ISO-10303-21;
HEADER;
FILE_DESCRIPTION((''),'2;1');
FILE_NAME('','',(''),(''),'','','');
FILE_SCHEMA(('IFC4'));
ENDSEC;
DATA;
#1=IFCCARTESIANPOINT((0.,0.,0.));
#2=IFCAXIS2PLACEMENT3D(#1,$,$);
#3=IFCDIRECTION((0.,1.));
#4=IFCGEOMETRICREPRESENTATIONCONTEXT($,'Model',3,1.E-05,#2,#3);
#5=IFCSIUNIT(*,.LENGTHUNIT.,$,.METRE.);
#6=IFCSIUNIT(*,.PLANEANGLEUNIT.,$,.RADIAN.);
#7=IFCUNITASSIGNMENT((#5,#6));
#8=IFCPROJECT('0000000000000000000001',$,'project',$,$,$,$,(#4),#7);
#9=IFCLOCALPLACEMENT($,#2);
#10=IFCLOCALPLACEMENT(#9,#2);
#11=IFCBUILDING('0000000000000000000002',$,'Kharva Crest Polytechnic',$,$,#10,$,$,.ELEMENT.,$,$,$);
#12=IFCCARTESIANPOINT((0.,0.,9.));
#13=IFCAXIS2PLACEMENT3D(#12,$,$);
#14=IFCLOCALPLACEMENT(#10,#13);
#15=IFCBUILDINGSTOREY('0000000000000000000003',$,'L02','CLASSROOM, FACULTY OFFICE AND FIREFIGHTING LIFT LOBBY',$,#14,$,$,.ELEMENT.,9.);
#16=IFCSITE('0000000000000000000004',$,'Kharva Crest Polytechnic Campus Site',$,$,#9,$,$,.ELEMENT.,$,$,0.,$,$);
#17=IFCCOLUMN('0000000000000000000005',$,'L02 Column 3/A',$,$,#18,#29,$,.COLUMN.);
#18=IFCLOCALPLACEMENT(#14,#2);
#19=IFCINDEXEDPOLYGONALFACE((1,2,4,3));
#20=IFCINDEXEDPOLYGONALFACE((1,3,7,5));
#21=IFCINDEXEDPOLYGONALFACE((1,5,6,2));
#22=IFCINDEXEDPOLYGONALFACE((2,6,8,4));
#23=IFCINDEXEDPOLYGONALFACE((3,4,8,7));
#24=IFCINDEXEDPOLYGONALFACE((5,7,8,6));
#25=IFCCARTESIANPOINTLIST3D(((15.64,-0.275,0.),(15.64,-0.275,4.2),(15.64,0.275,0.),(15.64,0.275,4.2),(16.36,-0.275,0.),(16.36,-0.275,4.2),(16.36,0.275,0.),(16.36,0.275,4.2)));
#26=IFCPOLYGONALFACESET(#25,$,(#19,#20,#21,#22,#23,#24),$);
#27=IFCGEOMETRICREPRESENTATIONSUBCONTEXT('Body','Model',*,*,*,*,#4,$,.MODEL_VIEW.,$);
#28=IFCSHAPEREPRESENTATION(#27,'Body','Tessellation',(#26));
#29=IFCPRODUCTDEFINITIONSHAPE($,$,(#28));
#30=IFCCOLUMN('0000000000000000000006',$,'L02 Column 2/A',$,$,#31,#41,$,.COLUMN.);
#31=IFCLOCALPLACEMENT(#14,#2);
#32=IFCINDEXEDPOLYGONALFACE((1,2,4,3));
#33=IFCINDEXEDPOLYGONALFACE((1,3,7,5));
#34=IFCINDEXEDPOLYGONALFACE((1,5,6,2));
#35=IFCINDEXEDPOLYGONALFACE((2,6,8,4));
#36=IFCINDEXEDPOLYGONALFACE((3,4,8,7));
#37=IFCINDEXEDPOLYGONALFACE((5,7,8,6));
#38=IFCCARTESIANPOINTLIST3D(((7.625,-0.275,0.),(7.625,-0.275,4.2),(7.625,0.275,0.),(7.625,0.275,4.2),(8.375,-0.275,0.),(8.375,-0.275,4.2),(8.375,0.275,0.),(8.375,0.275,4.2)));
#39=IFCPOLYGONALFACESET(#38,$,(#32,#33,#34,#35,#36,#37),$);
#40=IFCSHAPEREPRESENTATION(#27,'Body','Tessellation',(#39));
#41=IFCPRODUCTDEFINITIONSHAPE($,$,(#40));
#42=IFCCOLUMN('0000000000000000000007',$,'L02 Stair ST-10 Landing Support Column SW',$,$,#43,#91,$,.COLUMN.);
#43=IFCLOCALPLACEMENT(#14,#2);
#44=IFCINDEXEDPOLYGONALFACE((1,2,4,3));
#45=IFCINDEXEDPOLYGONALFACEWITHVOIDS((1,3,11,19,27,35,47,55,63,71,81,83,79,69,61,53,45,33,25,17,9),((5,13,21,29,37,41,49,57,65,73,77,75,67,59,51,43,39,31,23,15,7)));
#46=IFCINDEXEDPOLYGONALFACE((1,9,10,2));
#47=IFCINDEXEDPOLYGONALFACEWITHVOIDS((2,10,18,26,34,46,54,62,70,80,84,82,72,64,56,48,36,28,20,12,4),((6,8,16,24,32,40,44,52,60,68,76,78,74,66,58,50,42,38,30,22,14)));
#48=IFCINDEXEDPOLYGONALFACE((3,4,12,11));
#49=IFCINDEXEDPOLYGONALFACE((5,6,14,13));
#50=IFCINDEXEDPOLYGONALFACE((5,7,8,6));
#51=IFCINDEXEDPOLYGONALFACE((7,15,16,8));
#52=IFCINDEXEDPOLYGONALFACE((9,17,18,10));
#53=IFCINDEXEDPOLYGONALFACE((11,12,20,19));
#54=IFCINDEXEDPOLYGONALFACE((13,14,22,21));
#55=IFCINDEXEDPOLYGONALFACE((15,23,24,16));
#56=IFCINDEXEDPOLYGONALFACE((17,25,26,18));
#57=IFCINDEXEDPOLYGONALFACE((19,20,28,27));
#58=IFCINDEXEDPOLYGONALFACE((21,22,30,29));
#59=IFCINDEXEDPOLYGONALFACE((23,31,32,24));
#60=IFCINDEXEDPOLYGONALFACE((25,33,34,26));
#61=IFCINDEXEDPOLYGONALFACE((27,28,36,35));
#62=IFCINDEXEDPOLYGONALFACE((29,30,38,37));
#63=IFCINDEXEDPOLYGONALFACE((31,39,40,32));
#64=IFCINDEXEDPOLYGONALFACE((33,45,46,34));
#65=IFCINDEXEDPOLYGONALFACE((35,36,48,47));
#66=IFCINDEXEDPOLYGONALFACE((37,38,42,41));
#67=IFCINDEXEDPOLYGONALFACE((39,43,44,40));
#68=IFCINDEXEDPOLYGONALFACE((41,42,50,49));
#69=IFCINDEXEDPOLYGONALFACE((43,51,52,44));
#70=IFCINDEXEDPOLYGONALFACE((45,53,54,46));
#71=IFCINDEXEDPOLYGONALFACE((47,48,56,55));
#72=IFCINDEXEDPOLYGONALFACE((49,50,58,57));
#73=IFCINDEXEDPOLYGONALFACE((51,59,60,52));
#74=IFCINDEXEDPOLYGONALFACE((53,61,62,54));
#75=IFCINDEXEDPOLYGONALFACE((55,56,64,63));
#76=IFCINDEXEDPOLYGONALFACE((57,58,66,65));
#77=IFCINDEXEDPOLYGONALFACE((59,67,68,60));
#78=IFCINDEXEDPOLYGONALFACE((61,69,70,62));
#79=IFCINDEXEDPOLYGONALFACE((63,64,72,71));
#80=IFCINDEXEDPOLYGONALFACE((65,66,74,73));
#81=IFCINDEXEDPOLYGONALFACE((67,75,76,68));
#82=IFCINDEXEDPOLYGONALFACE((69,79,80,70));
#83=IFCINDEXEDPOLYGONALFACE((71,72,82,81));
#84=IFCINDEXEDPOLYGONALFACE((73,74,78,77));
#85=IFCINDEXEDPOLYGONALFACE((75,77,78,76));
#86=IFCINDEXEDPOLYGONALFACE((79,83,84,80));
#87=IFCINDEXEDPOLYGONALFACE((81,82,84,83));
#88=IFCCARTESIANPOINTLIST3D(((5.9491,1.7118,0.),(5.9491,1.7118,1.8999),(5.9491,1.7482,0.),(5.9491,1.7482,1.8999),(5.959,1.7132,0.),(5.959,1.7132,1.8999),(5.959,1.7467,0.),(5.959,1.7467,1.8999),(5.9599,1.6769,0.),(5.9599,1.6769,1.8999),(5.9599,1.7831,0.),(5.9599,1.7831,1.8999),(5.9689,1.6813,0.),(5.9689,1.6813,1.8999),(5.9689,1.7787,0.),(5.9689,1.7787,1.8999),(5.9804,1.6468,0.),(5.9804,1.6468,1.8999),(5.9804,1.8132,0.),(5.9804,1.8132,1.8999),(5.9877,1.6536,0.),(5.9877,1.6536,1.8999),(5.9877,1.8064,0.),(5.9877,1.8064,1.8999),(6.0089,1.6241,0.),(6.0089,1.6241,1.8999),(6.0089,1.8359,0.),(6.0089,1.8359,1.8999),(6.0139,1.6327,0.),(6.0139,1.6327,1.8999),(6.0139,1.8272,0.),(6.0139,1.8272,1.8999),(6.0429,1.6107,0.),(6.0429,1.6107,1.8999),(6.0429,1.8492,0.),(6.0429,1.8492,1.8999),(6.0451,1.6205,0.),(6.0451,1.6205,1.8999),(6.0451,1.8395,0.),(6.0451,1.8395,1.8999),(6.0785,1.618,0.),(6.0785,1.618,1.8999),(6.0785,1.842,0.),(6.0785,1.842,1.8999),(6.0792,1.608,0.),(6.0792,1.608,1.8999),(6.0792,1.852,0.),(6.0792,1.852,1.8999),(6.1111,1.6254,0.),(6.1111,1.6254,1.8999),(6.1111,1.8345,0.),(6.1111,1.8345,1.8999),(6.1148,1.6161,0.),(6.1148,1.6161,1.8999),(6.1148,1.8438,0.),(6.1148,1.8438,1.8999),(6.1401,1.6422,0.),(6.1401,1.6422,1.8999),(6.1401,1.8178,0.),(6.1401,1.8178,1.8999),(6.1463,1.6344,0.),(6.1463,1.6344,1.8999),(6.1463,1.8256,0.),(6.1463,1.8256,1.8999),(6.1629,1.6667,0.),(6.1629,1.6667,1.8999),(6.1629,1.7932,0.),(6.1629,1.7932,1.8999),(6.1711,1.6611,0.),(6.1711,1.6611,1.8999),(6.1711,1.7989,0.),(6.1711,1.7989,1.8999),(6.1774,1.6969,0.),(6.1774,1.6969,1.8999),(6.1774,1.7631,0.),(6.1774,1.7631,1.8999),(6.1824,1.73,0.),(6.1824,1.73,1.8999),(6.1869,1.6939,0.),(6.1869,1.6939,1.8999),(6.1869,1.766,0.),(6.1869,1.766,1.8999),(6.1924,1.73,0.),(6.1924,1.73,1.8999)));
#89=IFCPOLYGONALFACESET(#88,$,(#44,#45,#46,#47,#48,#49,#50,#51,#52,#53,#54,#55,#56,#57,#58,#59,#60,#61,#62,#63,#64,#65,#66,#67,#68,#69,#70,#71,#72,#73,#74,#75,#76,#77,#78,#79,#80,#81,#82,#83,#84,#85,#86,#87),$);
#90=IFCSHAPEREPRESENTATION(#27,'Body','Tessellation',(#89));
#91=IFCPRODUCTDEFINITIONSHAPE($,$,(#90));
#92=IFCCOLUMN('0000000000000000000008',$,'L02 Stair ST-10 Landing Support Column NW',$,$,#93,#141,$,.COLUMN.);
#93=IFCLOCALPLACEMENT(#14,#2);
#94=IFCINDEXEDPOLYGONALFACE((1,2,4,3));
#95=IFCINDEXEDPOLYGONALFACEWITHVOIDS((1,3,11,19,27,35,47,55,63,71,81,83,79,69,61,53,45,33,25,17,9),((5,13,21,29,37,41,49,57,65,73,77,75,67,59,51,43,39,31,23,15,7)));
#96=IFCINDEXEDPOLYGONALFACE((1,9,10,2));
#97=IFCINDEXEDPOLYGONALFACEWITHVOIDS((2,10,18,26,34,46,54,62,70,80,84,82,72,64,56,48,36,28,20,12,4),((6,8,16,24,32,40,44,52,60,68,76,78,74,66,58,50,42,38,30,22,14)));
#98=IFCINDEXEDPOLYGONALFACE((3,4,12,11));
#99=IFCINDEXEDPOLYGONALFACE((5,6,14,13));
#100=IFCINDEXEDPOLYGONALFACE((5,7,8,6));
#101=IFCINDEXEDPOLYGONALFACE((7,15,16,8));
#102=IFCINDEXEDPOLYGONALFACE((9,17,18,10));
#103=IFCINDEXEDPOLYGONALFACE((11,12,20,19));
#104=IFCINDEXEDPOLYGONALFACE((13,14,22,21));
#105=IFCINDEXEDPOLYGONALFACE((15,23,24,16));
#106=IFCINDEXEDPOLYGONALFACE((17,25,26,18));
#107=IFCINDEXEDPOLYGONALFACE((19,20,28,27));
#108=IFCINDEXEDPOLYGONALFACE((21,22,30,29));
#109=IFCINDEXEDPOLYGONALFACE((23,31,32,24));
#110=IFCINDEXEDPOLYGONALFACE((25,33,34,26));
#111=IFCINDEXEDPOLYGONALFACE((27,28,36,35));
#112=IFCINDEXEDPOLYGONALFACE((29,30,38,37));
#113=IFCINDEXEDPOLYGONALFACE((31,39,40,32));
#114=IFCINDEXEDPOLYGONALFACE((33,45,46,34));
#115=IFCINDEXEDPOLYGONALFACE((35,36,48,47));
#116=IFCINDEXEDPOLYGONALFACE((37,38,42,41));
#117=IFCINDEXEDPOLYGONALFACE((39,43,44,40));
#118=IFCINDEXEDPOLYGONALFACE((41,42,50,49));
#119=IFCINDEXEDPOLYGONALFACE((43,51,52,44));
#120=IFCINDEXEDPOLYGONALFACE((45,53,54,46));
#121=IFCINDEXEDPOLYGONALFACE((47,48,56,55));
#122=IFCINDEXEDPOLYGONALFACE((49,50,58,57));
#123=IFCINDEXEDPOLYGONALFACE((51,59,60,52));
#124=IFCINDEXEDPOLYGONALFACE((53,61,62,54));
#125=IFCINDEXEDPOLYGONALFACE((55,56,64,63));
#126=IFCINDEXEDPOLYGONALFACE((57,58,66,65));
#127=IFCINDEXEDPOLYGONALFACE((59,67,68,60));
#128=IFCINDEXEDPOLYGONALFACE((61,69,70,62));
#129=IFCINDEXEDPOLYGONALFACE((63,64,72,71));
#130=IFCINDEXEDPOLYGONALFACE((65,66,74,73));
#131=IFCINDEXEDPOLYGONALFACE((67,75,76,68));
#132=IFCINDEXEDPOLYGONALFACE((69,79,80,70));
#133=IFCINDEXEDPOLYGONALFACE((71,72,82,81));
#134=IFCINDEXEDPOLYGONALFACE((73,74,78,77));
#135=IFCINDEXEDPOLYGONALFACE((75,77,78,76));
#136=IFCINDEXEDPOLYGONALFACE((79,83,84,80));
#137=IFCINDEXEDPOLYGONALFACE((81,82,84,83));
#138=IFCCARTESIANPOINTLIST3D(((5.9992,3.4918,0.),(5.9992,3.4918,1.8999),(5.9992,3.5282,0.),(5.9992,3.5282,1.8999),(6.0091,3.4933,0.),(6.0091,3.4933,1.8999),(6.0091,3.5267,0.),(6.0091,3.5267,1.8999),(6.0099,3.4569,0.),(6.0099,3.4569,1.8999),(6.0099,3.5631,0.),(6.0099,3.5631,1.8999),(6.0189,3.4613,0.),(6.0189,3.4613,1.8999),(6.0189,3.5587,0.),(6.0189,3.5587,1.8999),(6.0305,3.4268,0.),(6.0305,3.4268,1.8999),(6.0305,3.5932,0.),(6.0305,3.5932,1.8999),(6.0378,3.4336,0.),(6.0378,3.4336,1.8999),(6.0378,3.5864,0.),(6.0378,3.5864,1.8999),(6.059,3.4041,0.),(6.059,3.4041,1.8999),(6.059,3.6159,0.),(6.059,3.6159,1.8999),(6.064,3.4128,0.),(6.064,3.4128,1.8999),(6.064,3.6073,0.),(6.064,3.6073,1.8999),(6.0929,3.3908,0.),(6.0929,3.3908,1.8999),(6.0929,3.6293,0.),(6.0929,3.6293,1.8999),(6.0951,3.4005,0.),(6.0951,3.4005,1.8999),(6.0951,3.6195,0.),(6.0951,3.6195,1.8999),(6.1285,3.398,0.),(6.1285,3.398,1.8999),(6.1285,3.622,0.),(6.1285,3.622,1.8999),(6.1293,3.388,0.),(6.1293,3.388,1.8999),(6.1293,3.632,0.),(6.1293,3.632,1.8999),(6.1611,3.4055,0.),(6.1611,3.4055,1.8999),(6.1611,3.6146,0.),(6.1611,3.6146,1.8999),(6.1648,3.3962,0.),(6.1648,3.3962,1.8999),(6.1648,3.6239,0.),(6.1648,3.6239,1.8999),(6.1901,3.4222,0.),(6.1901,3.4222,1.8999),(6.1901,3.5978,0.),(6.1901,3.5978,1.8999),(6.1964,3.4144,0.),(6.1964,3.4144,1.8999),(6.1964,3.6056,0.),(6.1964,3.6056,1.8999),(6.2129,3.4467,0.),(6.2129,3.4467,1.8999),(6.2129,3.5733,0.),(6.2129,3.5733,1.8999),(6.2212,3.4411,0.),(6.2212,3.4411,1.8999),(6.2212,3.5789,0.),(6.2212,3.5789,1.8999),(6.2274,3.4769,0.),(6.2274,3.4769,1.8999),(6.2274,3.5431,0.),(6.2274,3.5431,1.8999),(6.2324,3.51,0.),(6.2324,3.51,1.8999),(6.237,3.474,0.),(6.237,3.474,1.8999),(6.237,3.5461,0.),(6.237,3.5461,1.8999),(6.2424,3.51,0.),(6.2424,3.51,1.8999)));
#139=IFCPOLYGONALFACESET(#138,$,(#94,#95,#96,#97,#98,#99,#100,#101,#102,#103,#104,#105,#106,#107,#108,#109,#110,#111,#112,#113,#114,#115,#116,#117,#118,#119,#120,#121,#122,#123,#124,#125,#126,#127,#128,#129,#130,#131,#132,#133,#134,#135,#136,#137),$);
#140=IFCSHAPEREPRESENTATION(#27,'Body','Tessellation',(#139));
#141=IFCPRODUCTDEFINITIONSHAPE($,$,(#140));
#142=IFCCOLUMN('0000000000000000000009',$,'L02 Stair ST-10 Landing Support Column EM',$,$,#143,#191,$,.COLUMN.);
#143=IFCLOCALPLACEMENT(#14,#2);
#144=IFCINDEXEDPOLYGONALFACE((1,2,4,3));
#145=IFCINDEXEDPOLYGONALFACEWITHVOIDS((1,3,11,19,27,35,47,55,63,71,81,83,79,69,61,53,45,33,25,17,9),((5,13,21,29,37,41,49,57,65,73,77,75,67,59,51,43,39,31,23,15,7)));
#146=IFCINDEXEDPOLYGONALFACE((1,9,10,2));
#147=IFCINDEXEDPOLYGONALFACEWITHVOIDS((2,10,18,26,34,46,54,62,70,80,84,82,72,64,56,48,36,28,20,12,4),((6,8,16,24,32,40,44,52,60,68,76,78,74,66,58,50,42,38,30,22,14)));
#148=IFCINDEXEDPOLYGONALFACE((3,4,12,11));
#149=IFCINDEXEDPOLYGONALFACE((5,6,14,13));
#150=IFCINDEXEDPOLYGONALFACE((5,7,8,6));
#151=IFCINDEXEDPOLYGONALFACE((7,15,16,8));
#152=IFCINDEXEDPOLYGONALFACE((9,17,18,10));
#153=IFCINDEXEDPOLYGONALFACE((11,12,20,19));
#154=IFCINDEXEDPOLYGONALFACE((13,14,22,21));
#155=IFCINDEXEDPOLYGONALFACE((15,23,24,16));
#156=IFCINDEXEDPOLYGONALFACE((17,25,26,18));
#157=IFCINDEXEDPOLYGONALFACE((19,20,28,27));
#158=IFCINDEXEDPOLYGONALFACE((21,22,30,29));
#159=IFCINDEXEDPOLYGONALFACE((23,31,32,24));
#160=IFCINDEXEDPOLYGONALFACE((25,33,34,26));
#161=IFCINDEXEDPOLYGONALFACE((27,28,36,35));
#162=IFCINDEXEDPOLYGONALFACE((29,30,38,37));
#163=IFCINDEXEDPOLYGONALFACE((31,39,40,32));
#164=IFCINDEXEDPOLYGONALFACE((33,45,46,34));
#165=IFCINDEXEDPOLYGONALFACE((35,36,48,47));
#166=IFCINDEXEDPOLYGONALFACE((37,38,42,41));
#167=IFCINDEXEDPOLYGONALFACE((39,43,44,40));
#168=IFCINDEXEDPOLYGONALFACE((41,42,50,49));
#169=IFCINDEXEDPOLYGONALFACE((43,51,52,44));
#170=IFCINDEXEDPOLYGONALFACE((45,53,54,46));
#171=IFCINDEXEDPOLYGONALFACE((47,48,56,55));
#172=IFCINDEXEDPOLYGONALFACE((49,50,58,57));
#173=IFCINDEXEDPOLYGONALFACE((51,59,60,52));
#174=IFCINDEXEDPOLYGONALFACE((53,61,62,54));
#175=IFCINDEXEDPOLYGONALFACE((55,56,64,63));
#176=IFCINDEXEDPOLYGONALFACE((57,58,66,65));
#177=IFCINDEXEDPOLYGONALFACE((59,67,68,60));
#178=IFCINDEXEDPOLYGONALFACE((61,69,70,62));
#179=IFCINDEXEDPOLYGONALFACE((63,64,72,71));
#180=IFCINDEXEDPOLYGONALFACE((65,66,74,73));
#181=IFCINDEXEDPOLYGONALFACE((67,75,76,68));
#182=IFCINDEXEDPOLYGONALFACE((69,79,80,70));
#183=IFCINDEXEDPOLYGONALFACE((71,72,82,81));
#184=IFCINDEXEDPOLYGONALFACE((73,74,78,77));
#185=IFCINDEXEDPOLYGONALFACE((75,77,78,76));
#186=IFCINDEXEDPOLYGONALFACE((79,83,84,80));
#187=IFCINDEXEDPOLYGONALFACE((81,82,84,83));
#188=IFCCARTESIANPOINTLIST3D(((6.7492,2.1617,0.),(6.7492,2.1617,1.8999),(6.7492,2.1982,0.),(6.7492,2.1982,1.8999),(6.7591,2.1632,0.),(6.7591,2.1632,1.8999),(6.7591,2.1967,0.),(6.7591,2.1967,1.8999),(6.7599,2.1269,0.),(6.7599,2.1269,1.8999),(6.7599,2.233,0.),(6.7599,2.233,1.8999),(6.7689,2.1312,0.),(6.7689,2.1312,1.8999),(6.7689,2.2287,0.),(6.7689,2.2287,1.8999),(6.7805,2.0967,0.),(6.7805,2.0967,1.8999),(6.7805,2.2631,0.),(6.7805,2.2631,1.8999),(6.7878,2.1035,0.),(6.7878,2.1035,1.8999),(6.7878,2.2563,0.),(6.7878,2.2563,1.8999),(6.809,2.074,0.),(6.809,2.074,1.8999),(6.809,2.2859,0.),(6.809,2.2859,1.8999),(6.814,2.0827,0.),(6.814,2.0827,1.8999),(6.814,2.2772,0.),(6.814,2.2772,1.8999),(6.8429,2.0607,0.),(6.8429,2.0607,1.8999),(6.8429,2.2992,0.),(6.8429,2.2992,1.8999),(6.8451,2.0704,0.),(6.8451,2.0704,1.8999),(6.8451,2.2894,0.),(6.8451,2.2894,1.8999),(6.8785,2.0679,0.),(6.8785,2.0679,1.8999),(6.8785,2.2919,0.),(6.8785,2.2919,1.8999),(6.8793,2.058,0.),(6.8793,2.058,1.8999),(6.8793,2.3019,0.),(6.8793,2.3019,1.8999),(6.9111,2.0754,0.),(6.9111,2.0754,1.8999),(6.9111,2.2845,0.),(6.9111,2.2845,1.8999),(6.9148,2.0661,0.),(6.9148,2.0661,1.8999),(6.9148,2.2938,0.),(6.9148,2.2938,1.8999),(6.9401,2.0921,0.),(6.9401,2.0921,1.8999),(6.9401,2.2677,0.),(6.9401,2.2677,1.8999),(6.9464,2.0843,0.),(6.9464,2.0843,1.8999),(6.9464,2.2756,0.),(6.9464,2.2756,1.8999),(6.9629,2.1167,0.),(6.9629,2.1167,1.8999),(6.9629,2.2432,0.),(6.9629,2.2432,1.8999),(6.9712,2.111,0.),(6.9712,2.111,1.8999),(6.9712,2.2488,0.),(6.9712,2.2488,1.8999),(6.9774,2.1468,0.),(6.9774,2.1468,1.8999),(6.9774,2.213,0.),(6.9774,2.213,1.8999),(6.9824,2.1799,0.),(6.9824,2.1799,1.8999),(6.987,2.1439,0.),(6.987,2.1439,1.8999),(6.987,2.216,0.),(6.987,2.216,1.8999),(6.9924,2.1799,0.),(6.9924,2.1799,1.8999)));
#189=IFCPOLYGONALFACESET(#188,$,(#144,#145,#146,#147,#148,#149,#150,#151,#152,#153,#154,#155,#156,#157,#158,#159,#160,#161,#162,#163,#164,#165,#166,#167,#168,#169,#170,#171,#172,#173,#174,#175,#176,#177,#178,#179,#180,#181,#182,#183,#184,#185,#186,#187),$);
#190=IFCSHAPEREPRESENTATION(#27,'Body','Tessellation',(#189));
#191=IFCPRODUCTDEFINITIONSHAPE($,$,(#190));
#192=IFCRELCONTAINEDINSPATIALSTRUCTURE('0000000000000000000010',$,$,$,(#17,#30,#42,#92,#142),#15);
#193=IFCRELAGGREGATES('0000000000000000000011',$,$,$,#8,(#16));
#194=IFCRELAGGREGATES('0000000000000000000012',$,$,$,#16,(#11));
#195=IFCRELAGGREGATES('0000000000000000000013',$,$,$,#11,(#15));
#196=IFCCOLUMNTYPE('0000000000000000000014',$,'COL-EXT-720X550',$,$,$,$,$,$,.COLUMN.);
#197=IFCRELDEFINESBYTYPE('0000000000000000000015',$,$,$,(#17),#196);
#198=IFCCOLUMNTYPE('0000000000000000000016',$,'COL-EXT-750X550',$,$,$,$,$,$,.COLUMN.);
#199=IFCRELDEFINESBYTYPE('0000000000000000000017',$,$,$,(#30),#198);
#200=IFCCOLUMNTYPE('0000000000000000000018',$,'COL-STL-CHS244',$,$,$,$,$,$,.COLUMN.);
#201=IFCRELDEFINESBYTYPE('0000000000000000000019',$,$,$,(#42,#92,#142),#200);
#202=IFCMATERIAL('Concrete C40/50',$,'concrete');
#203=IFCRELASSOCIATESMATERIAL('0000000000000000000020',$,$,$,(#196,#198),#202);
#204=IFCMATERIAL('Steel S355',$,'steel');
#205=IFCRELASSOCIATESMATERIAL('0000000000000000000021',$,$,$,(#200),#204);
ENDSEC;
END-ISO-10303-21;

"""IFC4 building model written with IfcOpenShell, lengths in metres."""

from ifc_helpers import new_model, si_unit, direction, frame, origin, origin_2d, place, context, subcontext, project, spatial, rectangle, hollow_circle, extrude, material, material_profile, profile_set, type_object, element, save


model = new_model("IFC4")

# Units and contexts
model_context = context("Model", 3, precision=1e-05, world=origin(), true_north=direction((0.0, 1.0)))
body_context = subcontext(model_context, "Body", "Model", "MODEL_VIEW")
ifc_project = project(units=[si_unit("LENGTHUNIT", "METRE"), si_unit("PLANEANGLEUNIT", "RADIAN")], contexts=[model_context])

# Site, building, storey
site_placement = place(None, origin())
site = spatial("IfcSite", under=ifc_project, at=site_placement, Name="Kharva Crest Polytechnic Campus Site", CompositionType="ELEMENT", RefElevation=0.0)
building_placement = place(site_placement, origin())
building = spatial("IfcBuilding", under=site, at=building_placement, Name="Kharva Crest Polytechnic", CompositionType="ELEMENT")
storey_placement = place(building_placement, frame((0.0, 0.0, 9.0)))
storey = spatial("IfcBuildingStorey", under=building, at=storey_placement, Name="L02", Description="CLASSROOM, FACULTY OFFICE AND FIREFIGHTING LIFT LOBBY", CompositionType="ELEMENT", Elevation=9.0)

# Columns
ifc_material_1 = material(Name="Concrete C40/50", Category="concrete")
ifc_material_profile_1 = material_profile(ifc_material_1, rectangle(XDim=0.72, YDim=0.55, at=origin_2d()), Name="RECT 720 X 550")
ifc_profile_set_1 = profile_set([ifc_material_profile_1], Name="Concrete C40/50")
column_type_1 = type_object("IfcColumnType", Name="COL-EXT-720X550", PredefinedType="COLUMN", material=ifc_profile_set_1)
column_1_placement = place(storey_placement, frame((16.0, 0.0, 0.0), z_axis=(0.0, 0.0, 1.0), x_axis=(1.0, 0.0, 0.0)))
element("IfcColumn", 1, at=column_1_placement, inside=storey, type_object=column_type_1, Name="L02 Column 3/A", PredefinedType="COLUMN", context=body_context, shape_type="SweptSolid", body=[
    extrude(rectangle(XDim=0.72, YDim=0.55, at=origin_2d()), origin(), (0.0, 0.0, 1.0), 4.2),
])
ifc_material_profile_2 = material_profile(ifc_material_1, rectangle(XDim=0.75, YDim=0.55, at=origin_2d()), Name="RECT 750 X 550")
ifc_profile_set_2 = profile_set([ifc_material_profile_2], Name="Concrete C40/50")
column_type_2 = type_object("IfcColumnType", Name="COL-EXT-750X550", PredefinedType="COLUMN", material=ifc_profile_set_2)
column_2_placement = place(storey_placement, frame((8.0, 0.0, 0.0), z_axis=(0.0, 0.0, 1.0), x_axis=(1.0, 0.0, 0.0)))
element("IfcColumn", 2, at=column_2_placement, inside=storey, type_object=column_type_2, Name="L02 Column 2/A", PredefinedType="COLUMN", context=body_context, shape_type="SweptSolid", body=[
    extrude(rectangle(XDim=0.75, YDim=0.55, at=origin_2d()), origin(), (0.0, 0.0, 1.0), 4.2),
])
ifc_material_2 = material(Name="Steel S355", Category="steel")
ifc_material_profile_3 = material_profile(ifc_material_2, hollow_circle(Radius=0.1223, WallThickness=0.01, at=origin_2d()), Name="CHS 244.5X10.0")
ifc_profile_set_3 = profile_set([ifc_material_profile_3], Name="Steel S355")
column_type_3 = type_object("IfcColumnType", Name="COL-STL-CHS244", PredefinedType="COLUMN", material=ifc_profile_set_3)
for number, where, z_axis, x_axis, name in (
    (3, (6.0701, 1.73, 0.0), (0.0, 0.0, 1.0), (1.0, 0.0, 0.0), "L02 Stair ST-10 Landing Support Column SW"),
    (4, (6.1201, 3.51, 0.0), (0.0, 0.0, 1.0), (1.0, 0.0, 0.0), "L02 Stair ST-10 Landing Support Column NW"),
    (5, (6.8701, 2.1799, 0.0), (0.0, 0.0, 1.0), (1.0, 0.0, 0.0), "L02 Stair ST-10 Landing Support Column EM"),
):
    element("IfcColumn", number, at=place(storey_placement, frame(where, z_axis=z_axis, x_axis=x_axis)), inside=storey, type_object=column_type_3, Name=name, PredefinedType="COLUMN", context=body_context, shape_type="SweptSolid", body=[
        extrude(hollow_circle(Radius=0.1223, WallThickness=0.01, at=origin_2d()), origin(), (0.0, 0.0, 1.0), 1.8999),
    ])

save(model, "model.ifc")
